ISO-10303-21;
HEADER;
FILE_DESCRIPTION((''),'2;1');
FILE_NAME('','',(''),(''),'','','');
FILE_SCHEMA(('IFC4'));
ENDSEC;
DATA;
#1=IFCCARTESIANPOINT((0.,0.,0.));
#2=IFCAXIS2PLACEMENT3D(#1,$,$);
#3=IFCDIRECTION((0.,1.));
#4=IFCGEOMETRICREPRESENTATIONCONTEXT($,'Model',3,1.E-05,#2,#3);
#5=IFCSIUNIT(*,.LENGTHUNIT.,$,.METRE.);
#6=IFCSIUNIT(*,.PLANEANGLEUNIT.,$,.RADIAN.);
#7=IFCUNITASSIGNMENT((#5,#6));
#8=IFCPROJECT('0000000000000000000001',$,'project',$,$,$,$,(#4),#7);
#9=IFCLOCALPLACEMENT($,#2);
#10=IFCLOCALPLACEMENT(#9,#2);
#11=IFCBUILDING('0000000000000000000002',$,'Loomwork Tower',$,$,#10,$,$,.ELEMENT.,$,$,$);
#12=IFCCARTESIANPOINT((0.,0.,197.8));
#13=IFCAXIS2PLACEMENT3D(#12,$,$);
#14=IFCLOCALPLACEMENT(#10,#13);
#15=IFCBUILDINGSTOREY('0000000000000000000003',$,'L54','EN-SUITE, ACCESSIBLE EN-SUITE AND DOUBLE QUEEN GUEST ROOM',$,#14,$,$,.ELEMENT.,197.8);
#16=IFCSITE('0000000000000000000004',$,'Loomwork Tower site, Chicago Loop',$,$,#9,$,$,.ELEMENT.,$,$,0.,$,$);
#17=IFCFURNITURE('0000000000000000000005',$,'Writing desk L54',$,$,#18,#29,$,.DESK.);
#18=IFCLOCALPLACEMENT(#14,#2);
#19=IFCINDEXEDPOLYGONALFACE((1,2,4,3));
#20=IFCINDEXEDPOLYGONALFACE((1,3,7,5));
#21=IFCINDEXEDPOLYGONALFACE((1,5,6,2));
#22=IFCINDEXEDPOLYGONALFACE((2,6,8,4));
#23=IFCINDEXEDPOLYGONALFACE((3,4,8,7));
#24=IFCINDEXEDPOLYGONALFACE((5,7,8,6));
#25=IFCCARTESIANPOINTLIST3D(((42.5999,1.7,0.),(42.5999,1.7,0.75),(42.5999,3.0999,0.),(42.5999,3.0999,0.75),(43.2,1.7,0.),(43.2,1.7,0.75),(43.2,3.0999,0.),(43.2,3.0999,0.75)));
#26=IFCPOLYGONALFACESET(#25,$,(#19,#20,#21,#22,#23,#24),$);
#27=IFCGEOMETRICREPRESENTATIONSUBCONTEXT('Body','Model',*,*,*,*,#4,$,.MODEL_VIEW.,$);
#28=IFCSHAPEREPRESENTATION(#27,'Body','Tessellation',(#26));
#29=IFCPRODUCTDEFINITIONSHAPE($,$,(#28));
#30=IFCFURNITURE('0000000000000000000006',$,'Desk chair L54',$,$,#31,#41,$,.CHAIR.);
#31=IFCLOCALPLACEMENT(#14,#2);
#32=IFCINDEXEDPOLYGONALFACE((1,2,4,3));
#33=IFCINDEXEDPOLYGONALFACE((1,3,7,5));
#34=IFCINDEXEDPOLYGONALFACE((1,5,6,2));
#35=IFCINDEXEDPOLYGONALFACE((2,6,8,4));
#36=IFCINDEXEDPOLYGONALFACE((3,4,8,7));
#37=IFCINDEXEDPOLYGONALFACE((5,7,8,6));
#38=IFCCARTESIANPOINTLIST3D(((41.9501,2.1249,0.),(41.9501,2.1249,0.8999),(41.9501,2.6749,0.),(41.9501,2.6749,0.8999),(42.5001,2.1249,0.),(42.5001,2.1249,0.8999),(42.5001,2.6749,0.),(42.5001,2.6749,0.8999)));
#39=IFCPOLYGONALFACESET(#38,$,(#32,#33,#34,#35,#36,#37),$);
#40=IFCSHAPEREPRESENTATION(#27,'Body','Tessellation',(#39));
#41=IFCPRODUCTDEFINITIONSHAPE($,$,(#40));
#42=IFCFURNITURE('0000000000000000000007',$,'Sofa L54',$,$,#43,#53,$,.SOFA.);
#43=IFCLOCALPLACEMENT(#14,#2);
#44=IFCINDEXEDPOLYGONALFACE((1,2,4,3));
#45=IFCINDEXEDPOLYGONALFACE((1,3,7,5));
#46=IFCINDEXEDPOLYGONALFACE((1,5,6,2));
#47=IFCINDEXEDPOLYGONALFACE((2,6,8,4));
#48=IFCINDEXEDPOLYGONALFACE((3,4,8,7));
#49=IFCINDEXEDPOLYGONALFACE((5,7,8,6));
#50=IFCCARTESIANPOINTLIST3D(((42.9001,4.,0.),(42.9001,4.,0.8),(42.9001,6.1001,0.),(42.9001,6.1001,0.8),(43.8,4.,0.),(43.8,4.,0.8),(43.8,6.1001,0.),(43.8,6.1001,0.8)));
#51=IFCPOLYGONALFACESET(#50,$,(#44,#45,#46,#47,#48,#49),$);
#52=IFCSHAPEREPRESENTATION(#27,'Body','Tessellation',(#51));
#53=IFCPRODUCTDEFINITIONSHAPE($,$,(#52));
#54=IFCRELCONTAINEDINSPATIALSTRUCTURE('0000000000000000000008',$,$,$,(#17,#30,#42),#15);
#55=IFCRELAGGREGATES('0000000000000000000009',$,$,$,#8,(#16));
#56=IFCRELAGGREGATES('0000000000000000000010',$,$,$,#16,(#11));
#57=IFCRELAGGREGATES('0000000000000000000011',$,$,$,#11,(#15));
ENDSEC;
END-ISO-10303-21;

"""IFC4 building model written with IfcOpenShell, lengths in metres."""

from ifc_helpers import new_model, si_unit, direction, frame, origin, origin_2d, place, context, subcontext, project, spatial, rectangle, extrude, element, save


model = new_model("IFC4")

# Units and contexts
model_context = context("Model", 3, precision=1e-05, world=origin(), true_north=direction((0.0, 1.0)))
body_context = subcontext(model_context, "Body", "Model", "MODEL_VIEW")
ifc_project = project(units=[si_unit("LENGTHUNIT", "METRE"), si_unit("PLANEANGLEUNIT", "RADIAN")], contexts=[model_context])

# Site, building, storey
site_placement = place(None, origin())
site = spatial("IfcSite", under=ifc_project, at=site_placement, Name="Loomwork Tower site, Chicago Loop", CompositionType="ELEMENT", RefElevation=0.0)
building_placement = place(site_placement, origin())
building = spatial("IfcBuilding", under=site, at=building_placement, Name="Loomwork Tower", CompositionType="ELEMENT")
storey_placement = place(building_placement, frame((0.0, 0.0, 197.8)))
storey = spatial("IfcBuildingStorey", under=building, at=storey_placement, Name="L54", Description="EN-SUITE, ACCESSIBLE EN-SUITE AND DOUBLE QUEEN GUEST ROOM", CompositionType="ELEMENT", Elevation=197.8)

# Furniture
furniture_1_placement = place(storey_placement, frame((42.8999, 2.3999, 0.0), z_axis=(0.0, 0.0, 1.0), x_axis=(1.0, 0.0, 0.0)))
element("IfcFurniture", 1, at=furniture_1_placement, inside=storey, Name="Writing desk L54", PredefinedType="DESK", context=body_context, shape_type="SweptSolid", body=[
    extrude(rectangle(XDim=0.6001, YDim=1.3999, at=origin_2d()), origin(), (0.0, 0.0, 1.0), 0.75),
])
furniture_2_placement = place(storey_placement, frame((42.2251, 2.3999, 0.0), z_axis=(0.0, 0.0, 1.0), x_axis=(1.0, 0.0, 0.0)))
element("IfcFurniture", 2, at=furniture_2_placement, inside=storey, Name="Desk chair L54", PredefinedType="CHAIR", context=body_context, shape_type="SweptSolid", body=[
    extrude(rectangle(XDim=0.55, YDim=0.55, at=origin_2d()), origin(), (0.0, 0.0, 1.0), 0.8999),
])
furniture_3_placement = place(storey_placement, frame((43.3501, 5.05, 0.0), z_axis=(0.0, 0.0, 1.0), x_axis=(1.0, 0.0, 0.0)))
element("IfcFurniture", 3, at=furniture_3_placement, inside=storey, Name="Sofa L54", PredefinedType="SOFA", context=body_context, shape_type="SweptSolid", body=[
    extrude(rectangle(XDim=0.8999, YDim=2.1001, at=origin_2d()), origin(), (0.0, 0.0, 1.0), 0.8),
])

save(model, "model.ifc")
